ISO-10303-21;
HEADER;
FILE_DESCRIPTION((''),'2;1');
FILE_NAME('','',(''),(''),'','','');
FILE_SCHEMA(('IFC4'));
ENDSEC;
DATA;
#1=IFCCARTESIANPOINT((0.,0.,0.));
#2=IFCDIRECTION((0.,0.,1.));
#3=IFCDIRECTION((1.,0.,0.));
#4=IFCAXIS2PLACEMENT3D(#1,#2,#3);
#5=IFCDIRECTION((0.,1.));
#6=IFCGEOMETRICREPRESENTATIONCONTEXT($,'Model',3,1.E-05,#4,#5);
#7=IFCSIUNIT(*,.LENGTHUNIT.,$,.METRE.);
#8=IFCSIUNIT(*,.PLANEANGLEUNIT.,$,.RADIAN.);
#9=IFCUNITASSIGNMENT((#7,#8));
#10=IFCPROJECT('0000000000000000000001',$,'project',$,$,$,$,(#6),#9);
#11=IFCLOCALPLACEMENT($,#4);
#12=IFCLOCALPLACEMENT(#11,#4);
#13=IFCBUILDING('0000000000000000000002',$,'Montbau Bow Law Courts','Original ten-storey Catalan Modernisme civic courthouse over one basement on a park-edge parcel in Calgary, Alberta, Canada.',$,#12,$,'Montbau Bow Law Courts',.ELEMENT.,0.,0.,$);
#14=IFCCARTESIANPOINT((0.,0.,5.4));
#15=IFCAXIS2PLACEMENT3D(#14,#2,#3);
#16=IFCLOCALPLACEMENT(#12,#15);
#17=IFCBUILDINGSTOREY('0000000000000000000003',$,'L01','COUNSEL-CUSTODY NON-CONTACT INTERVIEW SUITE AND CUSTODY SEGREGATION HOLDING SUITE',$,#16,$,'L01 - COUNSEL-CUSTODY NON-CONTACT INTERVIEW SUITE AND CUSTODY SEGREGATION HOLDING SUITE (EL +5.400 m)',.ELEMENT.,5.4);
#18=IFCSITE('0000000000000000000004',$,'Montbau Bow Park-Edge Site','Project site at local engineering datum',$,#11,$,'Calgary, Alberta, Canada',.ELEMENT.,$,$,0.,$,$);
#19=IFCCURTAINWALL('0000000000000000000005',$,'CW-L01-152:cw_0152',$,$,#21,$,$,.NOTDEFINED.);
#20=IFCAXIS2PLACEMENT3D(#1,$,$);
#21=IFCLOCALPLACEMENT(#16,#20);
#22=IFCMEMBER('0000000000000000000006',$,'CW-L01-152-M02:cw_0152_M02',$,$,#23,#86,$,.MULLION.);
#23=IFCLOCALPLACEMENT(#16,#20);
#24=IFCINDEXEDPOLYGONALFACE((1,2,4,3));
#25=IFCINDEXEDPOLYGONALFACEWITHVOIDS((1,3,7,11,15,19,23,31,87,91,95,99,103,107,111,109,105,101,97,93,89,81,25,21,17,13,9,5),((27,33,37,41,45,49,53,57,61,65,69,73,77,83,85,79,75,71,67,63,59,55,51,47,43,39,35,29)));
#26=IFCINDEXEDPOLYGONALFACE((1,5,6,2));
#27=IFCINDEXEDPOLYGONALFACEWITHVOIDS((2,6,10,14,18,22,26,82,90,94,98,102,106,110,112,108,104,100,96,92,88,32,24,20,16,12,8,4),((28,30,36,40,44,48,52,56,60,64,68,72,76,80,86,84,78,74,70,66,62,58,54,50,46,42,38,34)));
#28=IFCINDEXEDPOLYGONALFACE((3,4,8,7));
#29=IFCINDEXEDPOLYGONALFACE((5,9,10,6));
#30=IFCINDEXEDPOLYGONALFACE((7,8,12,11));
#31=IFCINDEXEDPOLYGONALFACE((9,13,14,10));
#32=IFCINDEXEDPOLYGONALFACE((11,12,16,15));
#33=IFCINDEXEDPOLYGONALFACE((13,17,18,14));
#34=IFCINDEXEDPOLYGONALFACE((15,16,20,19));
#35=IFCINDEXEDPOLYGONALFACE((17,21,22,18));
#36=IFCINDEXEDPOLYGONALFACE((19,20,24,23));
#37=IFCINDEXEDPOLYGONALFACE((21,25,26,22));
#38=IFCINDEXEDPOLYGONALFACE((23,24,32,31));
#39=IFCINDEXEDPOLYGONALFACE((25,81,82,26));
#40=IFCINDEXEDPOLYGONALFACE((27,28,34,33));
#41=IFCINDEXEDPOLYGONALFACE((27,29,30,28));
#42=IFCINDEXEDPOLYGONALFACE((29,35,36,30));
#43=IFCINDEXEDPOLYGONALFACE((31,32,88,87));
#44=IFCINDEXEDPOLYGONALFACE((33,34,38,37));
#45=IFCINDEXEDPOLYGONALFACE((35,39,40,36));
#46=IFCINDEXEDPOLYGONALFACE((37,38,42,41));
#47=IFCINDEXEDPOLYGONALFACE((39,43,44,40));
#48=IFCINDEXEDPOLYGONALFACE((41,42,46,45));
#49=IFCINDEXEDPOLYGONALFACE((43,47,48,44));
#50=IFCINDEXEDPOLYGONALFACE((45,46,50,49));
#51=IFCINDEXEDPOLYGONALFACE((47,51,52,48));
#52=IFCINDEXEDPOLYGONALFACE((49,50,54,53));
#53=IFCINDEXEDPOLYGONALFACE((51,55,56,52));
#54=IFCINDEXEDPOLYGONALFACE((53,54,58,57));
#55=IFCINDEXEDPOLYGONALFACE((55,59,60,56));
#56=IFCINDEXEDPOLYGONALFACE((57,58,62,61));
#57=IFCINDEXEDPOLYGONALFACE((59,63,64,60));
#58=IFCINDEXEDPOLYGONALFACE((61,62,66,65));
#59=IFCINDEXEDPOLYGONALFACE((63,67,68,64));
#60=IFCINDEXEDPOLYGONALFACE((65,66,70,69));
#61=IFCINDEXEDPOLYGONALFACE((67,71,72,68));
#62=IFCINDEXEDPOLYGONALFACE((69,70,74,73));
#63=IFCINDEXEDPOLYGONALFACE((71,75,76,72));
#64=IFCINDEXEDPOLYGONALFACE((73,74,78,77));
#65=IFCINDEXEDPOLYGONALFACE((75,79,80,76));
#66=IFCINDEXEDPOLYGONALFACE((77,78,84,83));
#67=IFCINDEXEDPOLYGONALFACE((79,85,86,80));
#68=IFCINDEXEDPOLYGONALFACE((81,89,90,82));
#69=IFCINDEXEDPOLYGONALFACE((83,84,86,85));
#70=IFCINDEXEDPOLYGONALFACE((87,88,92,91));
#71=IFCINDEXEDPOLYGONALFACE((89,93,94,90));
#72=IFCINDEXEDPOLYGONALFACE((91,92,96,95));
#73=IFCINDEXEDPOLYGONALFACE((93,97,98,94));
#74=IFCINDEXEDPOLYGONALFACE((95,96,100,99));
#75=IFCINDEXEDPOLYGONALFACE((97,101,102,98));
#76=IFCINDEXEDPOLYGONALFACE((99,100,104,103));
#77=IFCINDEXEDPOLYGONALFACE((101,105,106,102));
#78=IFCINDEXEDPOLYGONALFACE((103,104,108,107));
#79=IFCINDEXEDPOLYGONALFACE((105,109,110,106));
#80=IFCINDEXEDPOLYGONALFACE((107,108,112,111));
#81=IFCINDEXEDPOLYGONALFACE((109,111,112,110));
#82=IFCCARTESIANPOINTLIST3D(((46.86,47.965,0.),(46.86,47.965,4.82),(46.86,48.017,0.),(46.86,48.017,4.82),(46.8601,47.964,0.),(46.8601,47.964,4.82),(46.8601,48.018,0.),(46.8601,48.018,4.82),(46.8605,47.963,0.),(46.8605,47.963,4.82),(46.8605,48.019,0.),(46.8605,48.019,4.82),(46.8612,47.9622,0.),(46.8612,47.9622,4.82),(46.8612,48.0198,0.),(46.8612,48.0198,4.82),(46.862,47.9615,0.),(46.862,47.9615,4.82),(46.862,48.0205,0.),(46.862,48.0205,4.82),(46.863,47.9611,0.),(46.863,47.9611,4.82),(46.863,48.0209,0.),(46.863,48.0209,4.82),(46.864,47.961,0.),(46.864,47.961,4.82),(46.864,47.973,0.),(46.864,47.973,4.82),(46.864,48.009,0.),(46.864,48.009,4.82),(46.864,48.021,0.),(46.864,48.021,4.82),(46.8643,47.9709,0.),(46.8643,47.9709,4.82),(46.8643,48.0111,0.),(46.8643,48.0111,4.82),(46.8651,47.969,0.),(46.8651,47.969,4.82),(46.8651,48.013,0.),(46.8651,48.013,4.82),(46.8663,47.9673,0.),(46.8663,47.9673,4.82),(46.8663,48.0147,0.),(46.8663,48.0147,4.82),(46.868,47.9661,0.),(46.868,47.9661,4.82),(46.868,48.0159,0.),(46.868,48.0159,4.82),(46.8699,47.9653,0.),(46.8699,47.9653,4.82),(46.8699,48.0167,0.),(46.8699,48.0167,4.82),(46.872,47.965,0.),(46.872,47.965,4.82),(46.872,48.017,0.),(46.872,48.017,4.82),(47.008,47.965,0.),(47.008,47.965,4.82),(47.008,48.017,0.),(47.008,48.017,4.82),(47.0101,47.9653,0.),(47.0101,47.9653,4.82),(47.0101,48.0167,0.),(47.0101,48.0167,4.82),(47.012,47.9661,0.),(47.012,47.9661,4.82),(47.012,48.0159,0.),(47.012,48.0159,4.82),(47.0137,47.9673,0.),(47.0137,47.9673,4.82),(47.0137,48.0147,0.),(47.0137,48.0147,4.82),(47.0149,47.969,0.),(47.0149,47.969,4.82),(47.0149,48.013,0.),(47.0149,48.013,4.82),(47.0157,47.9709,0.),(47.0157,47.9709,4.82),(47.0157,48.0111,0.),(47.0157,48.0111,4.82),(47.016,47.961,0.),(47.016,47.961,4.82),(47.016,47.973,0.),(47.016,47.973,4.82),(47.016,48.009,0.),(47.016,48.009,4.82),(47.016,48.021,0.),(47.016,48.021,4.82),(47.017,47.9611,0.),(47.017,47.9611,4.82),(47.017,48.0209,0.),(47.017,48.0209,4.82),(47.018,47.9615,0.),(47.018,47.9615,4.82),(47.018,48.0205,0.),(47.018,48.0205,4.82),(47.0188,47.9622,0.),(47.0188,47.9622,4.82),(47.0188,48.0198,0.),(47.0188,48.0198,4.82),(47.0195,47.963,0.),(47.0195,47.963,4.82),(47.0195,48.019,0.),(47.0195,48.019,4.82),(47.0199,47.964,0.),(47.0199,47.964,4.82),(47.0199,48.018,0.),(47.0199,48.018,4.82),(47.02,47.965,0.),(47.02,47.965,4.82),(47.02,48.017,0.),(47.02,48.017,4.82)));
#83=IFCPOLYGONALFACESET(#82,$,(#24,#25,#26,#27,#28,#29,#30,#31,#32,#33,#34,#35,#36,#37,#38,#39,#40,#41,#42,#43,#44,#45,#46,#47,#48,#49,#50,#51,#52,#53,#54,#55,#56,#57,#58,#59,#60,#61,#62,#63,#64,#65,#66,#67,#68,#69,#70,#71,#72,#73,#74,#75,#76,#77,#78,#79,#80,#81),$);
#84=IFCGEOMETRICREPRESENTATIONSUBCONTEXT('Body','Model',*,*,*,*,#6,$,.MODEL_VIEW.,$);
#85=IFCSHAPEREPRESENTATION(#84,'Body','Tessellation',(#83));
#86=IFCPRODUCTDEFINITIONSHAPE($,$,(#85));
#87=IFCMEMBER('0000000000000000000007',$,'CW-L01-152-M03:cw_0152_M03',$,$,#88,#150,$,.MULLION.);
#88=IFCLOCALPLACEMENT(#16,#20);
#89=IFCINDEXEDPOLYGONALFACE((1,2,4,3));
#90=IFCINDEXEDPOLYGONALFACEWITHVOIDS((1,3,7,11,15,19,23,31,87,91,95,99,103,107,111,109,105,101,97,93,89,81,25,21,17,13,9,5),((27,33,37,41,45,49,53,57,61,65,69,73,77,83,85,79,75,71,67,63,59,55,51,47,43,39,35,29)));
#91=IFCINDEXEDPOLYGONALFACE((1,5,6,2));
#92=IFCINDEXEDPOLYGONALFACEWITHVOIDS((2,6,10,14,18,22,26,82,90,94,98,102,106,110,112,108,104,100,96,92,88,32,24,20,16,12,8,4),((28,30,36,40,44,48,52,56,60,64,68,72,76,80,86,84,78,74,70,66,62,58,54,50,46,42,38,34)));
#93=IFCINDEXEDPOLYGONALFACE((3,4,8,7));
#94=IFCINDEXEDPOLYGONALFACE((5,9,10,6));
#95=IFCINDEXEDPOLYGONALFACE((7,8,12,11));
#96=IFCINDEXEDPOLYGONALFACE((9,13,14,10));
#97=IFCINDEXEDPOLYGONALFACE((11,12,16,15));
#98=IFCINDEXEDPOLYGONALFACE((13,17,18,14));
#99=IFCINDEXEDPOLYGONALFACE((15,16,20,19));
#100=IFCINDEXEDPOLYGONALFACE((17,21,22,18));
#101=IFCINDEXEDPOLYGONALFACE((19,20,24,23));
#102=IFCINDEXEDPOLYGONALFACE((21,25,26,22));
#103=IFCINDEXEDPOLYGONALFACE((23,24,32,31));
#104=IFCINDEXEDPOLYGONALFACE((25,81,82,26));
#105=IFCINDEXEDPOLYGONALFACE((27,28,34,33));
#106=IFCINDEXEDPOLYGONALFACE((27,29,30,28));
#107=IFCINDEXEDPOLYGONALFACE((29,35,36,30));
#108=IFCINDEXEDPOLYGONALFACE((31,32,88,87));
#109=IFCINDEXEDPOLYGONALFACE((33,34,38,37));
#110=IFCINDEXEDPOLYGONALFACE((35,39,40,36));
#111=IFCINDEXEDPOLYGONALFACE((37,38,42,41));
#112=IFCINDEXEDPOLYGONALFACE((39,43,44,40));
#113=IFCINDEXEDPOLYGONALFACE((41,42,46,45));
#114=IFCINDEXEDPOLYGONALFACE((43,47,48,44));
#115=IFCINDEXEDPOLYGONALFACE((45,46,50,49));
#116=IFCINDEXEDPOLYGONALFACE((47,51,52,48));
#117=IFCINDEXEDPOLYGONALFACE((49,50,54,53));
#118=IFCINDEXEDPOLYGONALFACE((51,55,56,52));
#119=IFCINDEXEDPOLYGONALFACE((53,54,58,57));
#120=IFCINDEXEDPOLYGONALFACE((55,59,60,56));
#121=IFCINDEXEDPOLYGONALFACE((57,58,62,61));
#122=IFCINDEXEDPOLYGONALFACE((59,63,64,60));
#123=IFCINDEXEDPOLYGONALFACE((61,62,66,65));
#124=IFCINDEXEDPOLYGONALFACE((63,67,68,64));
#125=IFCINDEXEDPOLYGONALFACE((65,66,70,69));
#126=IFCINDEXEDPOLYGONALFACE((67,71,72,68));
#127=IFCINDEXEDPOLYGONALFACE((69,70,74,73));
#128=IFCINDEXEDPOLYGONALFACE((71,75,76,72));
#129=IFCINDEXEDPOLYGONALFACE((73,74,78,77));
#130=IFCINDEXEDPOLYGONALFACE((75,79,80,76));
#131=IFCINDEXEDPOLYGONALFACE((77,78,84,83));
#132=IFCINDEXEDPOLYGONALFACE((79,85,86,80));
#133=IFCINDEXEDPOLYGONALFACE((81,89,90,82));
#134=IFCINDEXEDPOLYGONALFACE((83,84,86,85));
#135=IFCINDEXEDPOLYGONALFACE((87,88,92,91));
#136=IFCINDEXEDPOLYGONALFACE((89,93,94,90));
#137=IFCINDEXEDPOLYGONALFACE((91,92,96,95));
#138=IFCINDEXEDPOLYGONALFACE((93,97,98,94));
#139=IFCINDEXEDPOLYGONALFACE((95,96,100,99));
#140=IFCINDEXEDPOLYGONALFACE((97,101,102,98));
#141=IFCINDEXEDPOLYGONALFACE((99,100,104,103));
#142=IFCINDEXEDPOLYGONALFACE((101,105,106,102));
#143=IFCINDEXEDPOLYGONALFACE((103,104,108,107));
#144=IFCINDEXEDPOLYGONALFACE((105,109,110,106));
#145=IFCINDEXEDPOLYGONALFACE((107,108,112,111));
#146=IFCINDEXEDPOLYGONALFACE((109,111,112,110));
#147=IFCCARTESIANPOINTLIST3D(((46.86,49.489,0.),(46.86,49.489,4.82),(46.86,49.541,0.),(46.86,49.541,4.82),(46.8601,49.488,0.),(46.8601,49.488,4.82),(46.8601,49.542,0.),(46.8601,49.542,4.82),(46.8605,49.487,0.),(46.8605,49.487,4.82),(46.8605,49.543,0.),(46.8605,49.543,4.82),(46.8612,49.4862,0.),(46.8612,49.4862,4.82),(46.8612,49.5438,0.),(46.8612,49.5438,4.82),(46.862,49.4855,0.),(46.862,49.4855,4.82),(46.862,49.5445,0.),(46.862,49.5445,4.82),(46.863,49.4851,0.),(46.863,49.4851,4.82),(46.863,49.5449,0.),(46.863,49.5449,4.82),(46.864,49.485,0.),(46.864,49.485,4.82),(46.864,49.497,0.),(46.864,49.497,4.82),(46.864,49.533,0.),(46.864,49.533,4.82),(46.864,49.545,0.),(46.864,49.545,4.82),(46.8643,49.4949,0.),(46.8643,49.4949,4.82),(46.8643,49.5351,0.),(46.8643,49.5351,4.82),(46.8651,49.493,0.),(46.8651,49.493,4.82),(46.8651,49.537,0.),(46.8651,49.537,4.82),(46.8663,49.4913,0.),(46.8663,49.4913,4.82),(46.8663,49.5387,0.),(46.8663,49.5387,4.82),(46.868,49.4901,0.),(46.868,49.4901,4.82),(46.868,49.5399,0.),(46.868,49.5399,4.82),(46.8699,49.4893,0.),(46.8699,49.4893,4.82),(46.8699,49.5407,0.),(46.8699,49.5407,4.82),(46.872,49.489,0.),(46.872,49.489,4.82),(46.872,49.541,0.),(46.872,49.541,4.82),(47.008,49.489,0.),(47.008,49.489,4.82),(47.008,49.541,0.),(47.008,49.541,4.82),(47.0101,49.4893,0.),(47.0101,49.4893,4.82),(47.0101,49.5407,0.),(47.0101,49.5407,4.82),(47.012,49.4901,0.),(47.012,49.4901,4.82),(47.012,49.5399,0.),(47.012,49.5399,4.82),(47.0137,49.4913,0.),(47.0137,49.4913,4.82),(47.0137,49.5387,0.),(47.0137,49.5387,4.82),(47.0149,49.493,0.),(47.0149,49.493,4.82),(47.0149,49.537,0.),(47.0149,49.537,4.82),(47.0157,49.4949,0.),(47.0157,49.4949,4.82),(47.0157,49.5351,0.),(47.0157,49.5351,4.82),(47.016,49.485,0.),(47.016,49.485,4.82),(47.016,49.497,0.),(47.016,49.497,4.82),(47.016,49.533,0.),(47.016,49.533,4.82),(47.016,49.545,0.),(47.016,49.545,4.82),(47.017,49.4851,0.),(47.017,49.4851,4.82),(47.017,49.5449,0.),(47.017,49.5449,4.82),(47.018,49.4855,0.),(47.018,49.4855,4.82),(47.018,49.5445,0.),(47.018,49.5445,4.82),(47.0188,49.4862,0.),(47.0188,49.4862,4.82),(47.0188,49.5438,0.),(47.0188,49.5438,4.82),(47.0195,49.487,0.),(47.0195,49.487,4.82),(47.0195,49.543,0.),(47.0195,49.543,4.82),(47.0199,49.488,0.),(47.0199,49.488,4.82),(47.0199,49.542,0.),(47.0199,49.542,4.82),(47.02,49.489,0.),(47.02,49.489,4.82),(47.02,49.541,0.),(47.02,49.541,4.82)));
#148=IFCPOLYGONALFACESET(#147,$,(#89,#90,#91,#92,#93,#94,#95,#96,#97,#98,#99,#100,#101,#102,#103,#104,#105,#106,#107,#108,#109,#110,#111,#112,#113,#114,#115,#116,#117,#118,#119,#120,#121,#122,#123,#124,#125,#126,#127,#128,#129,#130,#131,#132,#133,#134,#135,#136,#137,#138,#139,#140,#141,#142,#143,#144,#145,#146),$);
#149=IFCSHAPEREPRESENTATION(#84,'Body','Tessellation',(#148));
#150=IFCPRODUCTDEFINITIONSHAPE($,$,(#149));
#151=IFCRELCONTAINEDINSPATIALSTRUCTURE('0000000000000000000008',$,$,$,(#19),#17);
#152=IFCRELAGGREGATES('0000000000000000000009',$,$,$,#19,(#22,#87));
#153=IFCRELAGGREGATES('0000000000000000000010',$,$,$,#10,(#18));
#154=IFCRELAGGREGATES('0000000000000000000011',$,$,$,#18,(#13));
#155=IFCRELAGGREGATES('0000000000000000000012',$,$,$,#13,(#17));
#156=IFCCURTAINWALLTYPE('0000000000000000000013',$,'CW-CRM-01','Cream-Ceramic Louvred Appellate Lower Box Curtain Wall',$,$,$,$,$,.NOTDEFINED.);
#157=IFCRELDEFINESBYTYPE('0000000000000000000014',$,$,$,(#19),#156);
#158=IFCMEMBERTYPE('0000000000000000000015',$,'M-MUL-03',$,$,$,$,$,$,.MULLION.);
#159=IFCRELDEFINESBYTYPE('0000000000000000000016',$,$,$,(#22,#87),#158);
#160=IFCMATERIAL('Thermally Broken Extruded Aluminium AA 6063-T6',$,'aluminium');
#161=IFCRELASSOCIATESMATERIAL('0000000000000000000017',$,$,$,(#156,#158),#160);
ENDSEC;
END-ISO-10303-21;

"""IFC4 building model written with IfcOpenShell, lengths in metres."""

from ifc_helpers import new_model, si_unit, direction, frame, origin_with_axes, origin_2d_with_axis, place, context, subcontext, project, spatial, hollow_rectangle, extrude, material, material_profile, profile_set, type_object, element, aggregate, save


model = new_model("IFC4")

# Units and contexts
model_context = context("Model", 3, precision=1e-05, world=origin_with_axes(), true_north=direction((0.0, 1.0)))
body_context = subcontext(model_context, "Body", "Model", "MODEL_VIEW")
ifc_project = project(units=[si_unit("LENGTHUNIT", "METRE"), si_unit("PLANEANGLEUNIT", "RADIAN")], contexts=[model_context])

# Site, building, storey
site_placement = place(None, origin_with_axes())
site = spatial("IfcSite", under=ifc_project, at=site_placement, Name="Montbau Bow Park-Edge Site", Description="Project site at local engineering datum", LongName="Calgary, Alberta, Canada", CompositionType="ELEMENT", RefElevation=0.0)
building_placement = place(site_placement, origin_with_axes())
building = spatial("IfcBuilding", under=site, at=building_placement, Name="Montbau Bow Law Courts", Description="Original ten-storey Catalan Modernisme civic courthouse over one basement on a park-edge parcel in Calgary, Alberta, Canada.", LongName="Montbau Bow Law Courts", CompositionType="ELEMENT", ElevationOfRefHeight=0.0, ElevationOfTerrain=0.0)
storey_placement = place(building_placement, frame((0.0, 0.0, 5.4), z_axis=(0.0, 0.0, 1.0), x_axis=(1.0, 0.0, 0.0)))
storey = spatial("IfcBuildingStorey", under=building, at=storey_placement, Name="L01", Description="COUNSEL-CUSTODY NON-CONTACT INTERVIEW SUITE AND CUSTODY SEGREGATION HOLDING SUITE", LongName="L01 - COUNSEL-CUSTODY NON-CONTACT INTERVIEW SUITE AND CUSTODY SEGREGATION HOLDING SUITE (EL +5.400 m)", CompositionType="ELEMENT", Elevation=5.4)

# Curtain wall, members
ifc_material_1 = material(Name="Thermally Broken Extruded Aluminium AA 6063-T6", Category="aluminium")
curtain_wall_type_1 = type_object("IfcCurtainWallType", Name="CW-CRM-01", Description="Cream-Ceramic Louvred Appellate Lower Box Curtain Wall", PredefinedType="NOTDEFINED", material=ifc_material_1)
curtain_wall_1_placement = place(None, frame((46.94, 46.468, 5.4), z_axis=(0.0, 0.0, 1.0), x_axis=(1.0, 0.0, 0.0)))
curtain_wall_1 = element("IfcCurtainWall", 1, at=curtain_wall_1_placement, inside=storey, type_object=curtain_wall_type_1, Name="CW-L01-152:cw_0152", PredefinedType="NOTDEFINED")
ifc_material_profile_1 = material_profile(ifc_material_1, hollow_rectangle(XDim=0.06, YDim=0.16, WallThickness=0.004, InnerFilletRadius=0.008, OuterFilletRadius=0.004, at=origin_2d_with_axis()), Name="CWM-160X60", Category="Main", Priority=0)
ifc_profile_set_1 = profile_set([ifc_material_profile_1], Name="Thermally Broken Extruded Aluminium AA 6063-T6")
member_type_1 = type_object("IfcMemberType", Name="M-MUL-03", PredefinedType="MULLION", material=ifc_profile_set_1)
member_1_placement = place(None, frame((46.94, 47.991, 5.4), z_axis=(0.0, 0.0, 1.0), x_axis=(0.0, 1.0, 0.0)))
member_1 = element("IfcMember", 2, at=member_1_placement, type_object=member_type_1, Name="CW-L01-152-M02:cw_0152_M02", PredefinedType="MULLION", context=body_context, shape_type="SweptSolid", body=[
    extrude(hollow_rectangle(XDim=0.06, YDim=0.16, WallThickness=0.004, InnerFilletRadius=0.008, OuterFilletRadius=0.004, at=origin_2d_with_axis()), origin_with_axes(), (0.0, 0.0, 1.0), 4.82),
])
member_2_placement = place(None, frame((46.94, 49.515, 5.4), z_axis=(0.0, 0.0, 1.0), x_axis=(0.0, 1.0, 0.0)))
member_2 = element("IfcMember", 3, at=member_2_placement, type_object=member_type_1, Name="CW-L01-152-M03:cw_0152_M03", PredefinedType="MULLION", context=body_context, shape_type="SweptSolid", body=[
    extrude(hollow_rectangle(XDim=0.06, YDim=0.16, WallThickness=0.004, InnerFilletRadius=0.008, OuterFilletRadius=0.004, at=origin_2d_with_axis()), origin_with_axes(), (0.0, 0.0, 1.0), 4.82),
])
aggregate(curtain_wall_1, [member_1, member_2])

save(model, "model.ifc")
